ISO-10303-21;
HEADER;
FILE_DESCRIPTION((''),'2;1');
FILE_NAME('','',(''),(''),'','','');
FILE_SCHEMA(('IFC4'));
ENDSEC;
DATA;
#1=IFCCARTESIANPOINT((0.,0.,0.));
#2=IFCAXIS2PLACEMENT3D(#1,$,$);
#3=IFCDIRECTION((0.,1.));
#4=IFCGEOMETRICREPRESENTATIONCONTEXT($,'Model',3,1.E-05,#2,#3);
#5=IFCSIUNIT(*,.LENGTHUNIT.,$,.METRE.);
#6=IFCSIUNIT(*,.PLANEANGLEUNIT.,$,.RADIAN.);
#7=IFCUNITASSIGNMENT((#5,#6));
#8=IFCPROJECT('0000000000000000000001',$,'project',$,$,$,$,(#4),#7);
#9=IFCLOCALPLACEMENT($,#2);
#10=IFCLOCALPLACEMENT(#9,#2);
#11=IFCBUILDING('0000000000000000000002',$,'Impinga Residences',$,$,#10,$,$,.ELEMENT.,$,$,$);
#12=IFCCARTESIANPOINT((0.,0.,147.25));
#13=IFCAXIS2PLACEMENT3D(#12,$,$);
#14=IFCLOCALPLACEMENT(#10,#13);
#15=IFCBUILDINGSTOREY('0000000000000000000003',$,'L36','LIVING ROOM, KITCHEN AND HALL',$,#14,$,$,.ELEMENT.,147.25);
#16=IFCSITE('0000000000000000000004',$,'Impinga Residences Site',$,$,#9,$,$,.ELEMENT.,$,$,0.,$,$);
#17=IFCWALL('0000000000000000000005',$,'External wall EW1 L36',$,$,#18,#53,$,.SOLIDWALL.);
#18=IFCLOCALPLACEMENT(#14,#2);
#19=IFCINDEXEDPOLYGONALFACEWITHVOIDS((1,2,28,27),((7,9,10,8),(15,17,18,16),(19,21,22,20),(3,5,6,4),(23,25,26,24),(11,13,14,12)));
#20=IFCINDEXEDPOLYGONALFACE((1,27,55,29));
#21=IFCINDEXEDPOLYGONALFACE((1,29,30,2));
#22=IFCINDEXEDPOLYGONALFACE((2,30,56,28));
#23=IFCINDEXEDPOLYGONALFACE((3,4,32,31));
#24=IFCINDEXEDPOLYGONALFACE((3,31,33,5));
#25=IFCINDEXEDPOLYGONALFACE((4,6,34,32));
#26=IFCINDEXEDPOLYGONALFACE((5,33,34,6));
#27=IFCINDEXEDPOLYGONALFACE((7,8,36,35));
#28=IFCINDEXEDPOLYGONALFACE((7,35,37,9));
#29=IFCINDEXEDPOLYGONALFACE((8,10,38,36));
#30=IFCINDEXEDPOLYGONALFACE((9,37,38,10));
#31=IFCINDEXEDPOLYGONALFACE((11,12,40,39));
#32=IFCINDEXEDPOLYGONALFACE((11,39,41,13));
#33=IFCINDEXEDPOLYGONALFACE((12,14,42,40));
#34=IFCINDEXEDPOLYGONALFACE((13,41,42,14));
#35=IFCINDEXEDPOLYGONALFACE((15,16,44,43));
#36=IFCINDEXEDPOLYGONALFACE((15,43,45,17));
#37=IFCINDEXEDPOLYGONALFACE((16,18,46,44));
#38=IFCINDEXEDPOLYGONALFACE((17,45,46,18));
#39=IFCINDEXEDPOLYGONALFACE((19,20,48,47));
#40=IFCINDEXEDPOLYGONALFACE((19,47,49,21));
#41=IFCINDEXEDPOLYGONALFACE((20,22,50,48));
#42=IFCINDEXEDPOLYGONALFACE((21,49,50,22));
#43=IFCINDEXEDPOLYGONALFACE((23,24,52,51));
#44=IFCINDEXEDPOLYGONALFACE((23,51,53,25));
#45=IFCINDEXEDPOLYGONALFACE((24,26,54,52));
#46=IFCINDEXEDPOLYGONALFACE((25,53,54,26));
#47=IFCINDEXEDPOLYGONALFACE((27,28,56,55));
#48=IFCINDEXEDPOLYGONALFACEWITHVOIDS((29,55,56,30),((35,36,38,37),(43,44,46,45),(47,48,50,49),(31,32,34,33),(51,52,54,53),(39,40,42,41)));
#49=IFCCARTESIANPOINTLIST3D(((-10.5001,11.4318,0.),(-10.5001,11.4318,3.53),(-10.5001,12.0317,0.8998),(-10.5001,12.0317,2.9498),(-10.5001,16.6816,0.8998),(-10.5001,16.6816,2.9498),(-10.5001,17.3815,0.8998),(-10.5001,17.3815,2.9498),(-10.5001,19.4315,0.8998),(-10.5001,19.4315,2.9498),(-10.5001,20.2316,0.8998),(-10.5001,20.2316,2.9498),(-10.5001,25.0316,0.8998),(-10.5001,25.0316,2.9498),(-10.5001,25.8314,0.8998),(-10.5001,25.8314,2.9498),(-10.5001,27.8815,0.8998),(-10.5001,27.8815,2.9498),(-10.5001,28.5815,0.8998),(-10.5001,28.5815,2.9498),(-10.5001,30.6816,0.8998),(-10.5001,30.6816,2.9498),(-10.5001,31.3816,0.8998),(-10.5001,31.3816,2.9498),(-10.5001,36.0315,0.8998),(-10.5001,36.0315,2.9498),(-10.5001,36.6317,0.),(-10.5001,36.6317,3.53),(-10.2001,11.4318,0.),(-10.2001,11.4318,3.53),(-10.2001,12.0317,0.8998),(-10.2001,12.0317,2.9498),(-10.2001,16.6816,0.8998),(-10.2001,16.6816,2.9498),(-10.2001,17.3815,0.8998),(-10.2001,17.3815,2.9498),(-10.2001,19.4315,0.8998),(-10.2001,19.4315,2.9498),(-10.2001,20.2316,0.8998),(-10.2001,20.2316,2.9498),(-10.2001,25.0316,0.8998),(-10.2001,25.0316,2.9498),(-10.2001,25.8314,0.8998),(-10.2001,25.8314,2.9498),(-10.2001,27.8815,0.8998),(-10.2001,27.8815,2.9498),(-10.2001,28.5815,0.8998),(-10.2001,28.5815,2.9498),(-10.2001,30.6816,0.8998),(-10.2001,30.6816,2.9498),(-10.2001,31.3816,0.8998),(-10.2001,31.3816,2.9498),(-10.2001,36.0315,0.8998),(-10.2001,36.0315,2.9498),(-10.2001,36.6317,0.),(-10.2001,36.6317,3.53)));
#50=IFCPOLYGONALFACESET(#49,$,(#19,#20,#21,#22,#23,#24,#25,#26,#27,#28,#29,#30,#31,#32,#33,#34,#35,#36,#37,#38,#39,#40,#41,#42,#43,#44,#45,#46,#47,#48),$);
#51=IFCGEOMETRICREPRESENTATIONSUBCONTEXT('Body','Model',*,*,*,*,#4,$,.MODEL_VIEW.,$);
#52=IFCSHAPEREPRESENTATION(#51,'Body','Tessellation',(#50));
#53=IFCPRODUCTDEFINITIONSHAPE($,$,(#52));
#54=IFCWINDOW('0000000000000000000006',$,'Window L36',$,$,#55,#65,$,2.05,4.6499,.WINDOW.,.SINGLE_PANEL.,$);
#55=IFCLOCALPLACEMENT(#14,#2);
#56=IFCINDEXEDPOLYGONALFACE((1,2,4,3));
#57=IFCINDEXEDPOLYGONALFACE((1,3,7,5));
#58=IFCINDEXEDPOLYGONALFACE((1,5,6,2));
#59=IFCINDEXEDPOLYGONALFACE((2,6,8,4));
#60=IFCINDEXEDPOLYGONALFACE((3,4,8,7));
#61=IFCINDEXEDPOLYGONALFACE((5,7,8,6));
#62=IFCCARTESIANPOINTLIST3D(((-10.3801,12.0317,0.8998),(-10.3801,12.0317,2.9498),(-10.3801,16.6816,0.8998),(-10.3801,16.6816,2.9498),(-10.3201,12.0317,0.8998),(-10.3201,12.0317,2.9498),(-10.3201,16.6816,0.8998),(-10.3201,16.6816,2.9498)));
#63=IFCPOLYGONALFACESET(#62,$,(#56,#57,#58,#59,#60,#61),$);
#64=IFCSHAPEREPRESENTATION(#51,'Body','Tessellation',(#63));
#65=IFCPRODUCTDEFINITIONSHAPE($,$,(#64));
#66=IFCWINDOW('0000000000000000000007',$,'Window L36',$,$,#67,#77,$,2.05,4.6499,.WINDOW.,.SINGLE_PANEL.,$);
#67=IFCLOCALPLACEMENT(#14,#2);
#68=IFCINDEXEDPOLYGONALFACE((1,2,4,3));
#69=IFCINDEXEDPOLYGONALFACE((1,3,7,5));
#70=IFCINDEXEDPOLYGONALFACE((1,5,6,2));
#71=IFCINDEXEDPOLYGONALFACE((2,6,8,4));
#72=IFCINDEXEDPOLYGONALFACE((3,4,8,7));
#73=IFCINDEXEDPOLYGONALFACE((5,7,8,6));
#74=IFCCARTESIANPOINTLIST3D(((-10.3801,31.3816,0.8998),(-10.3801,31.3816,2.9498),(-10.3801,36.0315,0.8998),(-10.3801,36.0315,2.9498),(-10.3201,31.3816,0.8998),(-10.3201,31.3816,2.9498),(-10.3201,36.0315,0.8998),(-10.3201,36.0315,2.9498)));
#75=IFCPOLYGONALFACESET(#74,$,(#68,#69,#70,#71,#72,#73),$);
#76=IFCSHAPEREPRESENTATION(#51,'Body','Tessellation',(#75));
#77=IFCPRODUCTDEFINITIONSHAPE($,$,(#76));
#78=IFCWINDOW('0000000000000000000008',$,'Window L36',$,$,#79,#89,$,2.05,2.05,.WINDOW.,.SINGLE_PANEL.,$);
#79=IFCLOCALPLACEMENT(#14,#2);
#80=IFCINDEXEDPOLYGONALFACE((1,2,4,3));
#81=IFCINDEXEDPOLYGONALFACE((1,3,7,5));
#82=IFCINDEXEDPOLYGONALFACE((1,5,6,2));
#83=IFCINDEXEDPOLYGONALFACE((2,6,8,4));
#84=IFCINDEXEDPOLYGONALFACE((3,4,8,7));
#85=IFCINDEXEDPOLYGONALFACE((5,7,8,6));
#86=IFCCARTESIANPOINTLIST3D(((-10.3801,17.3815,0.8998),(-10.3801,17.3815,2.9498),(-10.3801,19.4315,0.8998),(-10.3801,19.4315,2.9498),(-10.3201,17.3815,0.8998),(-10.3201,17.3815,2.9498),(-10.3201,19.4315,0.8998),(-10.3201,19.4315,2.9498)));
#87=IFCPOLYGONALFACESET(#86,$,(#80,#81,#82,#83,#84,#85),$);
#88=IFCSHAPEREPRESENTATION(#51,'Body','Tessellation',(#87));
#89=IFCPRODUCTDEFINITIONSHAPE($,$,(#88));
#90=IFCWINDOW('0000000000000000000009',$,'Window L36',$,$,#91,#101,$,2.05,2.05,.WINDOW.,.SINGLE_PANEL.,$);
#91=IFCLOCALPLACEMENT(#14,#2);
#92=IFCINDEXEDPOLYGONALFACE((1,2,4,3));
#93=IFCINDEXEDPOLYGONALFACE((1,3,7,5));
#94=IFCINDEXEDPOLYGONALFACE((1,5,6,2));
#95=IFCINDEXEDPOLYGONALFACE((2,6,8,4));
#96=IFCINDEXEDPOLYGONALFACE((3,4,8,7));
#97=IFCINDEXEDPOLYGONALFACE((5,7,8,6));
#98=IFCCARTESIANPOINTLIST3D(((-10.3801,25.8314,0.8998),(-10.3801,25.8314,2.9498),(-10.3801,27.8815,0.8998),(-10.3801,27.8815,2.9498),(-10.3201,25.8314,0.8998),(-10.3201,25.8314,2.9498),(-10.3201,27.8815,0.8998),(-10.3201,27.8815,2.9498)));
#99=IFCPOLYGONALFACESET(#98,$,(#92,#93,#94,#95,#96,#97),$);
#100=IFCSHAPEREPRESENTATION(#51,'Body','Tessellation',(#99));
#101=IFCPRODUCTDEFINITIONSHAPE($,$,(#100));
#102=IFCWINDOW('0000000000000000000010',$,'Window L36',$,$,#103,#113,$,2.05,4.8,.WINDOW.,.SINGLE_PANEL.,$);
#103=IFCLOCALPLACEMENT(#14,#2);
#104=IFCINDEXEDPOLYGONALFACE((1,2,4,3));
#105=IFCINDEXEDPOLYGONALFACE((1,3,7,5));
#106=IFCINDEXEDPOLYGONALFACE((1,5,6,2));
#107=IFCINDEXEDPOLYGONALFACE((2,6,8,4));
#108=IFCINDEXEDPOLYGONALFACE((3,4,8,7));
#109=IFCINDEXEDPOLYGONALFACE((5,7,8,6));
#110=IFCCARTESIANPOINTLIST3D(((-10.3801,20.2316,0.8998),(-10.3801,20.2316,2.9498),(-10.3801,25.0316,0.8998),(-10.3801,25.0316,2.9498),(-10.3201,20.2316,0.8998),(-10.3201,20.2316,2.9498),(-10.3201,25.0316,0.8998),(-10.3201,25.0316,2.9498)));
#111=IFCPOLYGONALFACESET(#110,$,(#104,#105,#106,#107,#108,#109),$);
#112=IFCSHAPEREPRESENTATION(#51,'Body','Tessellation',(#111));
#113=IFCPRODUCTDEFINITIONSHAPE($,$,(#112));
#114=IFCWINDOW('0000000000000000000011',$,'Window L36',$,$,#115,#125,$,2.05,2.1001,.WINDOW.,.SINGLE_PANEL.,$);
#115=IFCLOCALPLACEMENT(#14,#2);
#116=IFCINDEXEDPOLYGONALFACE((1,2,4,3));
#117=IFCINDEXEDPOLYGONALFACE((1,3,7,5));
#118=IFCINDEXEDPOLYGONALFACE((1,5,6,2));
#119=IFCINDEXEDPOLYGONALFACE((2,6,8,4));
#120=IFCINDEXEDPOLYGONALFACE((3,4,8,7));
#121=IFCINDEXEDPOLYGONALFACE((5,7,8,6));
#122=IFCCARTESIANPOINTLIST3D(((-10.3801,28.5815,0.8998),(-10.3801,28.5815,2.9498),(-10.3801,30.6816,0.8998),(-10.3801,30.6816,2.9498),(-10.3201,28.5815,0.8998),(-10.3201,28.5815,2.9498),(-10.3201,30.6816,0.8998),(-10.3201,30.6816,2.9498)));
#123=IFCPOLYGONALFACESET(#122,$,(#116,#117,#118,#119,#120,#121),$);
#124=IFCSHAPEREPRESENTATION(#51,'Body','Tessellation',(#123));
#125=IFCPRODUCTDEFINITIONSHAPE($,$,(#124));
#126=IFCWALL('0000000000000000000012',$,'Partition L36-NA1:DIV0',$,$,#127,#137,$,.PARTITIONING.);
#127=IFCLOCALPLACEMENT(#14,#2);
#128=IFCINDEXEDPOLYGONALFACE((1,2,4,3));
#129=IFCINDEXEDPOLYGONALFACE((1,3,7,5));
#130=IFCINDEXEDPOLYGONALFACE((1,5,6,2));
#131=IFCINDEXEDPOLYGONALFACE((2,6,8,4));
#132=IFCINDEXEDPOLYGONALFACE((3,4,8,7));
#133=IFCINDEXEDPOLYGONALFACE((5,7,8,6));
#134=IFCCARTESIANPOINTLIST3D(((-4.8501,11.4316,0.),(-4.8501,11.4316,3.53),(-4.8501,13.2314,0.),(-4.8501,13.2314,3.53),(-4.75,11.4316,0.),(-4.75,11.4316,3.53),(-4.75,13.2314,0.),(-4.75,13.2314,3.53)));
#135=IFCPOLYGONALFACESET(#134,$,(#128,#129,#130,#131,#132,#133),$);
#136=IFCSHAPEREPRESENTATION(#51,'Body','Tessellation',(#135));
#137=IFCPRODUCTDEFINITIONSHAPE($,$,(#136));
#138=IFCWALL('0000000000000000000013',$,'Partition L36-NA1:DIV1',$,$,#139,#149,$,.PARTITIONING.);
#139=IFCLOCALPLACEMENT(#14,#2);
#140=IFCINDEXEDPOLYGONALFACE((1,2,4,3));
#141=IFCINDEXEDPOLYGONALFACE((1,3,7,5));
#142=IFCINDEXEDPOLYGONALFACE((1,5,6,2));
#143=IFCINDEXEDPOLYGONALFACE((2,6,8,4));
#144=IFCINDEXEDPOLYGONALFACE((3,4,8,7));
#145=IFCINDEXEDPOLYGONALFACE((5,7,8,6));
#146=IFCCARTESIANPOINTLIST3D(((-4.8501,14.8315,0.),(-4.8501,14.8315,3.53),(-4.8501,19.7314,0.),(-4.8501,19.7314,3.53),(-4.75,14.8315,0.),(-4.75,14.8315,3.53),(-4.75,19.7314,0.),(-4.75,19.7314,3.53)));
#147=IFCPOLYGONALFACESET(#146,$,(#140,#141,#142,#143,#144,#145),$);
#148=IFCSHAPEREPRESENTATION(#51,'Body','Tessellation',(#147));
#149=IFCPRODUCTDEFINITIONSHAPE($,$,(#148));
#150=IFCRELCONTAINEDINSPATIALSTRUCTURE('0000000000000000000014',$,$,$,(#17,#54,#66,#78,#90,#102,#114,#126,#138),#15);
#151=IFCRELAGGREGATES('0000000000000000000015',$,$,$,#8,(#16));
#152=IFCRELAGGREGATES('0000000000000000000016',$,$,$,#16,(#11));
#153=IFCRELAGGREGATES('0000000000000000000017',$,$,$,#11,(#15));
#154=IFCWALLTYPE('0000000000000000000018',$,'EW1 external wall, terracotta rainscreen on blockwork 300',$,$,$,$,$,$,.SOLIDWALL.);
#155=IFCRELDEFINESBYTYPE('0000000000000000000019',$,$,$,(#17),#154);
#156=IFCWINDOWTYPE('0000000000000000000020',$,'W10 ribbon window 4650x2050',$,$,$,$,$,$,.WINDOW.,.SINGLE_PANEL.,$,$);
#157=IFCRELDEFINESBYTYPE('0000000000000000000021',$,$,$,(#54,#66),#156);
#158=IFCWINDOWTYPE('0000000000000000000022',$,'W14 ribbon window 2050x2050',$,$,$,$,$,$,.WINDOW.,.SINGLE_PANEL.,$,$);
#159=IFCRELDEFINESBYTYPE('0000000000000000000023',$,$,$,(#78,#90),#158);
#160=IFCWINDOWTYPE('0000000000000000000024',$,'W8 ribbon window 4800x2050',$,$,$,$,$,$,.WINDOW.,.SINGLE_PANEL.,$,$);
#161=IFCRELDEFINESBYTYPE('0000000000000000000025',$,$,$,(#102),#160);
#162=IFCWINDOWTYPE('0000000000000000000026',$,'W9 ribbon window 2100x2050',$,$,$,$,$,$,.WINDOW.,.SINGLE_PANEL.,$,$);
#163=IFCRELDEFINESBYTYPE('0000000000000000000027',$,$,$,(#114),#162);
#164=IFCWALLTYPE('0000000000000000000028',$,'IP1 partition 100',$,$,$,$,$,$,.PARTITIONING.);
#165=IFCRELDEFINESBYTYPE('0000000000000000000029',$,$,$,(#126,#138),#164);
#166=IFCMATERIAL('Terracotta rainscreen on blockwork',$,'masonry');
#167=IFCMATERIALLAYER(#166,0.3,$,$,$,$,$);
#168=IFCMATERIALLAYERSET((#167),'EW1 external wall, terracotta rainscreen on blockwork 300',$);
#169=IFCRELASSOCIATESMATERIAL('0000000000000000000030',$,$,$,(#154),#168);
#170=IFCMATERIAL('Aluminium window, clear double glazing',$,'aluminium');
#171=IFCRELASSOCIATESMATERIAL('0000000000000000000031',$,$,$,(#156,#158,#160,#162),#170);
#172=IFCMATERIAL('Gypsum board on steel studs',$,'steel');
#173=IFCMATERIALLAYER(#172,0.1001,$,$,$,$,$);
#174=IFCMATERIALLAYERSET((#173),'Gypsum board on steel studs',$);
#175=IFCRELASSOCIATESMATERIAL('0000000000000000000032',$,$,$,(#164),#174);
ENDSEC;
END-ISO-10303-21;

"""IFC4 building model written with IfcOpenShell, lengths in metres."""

from ifc_helpers import new_model, si_unit, direction, frame, frame_2d, origin, place, context, subcontext, project, spatial, rectangle, extrude, material, layer, layer_set, type_object, element, fill, save


model = new_model("IFC4")

# Units and contexts
model_context = context("Model", 3, precision=1e-05, world=origin(), true_north=direction((0.0, 1.0)))
body_context = subcontext(model_context, "Body", "Model", "MODEL_VIEW")
ifc_project = project(units=[si_unit("LENGTHUNIT", "METRE"), si_unit("PLANEANGLEUNIT", "RADIAN")], contexts=[model_context])

# Site, building, storey
site_placement = place(None, origin())
site = spatial("IfcSite", under=ifc_project, at=site_placement, Name="Impinga Residences Site", CompositionType="ELEMENT", RefElevation=0.0)
building_placement = place(site_placement, origin())
building = spatial("IfcBuilding", under=site, at=building_placement, Name="Impinga Residences", CompositionType="ELEMENT")
storey_placement = place(building_placement, frame((0.0, 0.0, 147.25)))
storey = spatial("IfcBuildingStorey", under=building, at=storey_placement, Name="L36", Description="LIVING ROOM, KITCHEN AND HALL", CompositionType="ELEMENT", Elevation=147.25)

# Shared definitions
ifc_material_1 = material(Name="Terracotta rainscreen on blockwork", Category="masonry")
ifc_layer_1 = layer(ifc_material_1, 0.3)
ifc_layer_set_1 = layer_set([ifc_layer_1], Name="EW1 external wall, terracotta rainscreen on blockwork 300")
wall_type_1 = type_object("IfcWallType", Name="EW1 external wall, terracotta rainscreen on blockwork 300", PredefinedType="SOLIDWALL", material=ifc_layer_set_1)

# Wall, openings, windows
wall_1_placement = place(storey_placement, frame((-10.3501, 11.4316, 0.0), z_axis=(0.0, 0.0, 1.0), x_axis=(0.0, 1.0, 0.0)))
wall_1 = element("IfcWall", 1, at=wall_1_placement, inside=storey, type_object=wall_type_1, Name="External wall EW1 L36", PredefinedType="SOLIDWALL", context=body_context, shape_type="SweptSolid", body=[
    extrude(rectangle(XDim=25.2, YDim=0.3, at=frame_2d((12.6001, 0.0))), origin(), (0.0, 0.0, 1.0), 3.53),
])
opening_1_placement = place(wall_1_placement, frame((0.6001, 0.0, 0.8999)))
opening_1 = element("IfcOpeningElement", 2, at=opening_1_placement, cuts=wall_1, PredefinedType="OPENING", context=body_context, shape_type="SweptSolid", body=[
    extrude(rectangle(XDim=4.6499, YDim=2.05, at=frame_2d((2.325, 1.0249))), frame((0.0, 0.1599, 0.0), z_axis=(0.0, -1.0, 0.0), x_axis=(1.0, 0.0, 0.0)), (0.0, 0.0, 1.0), 0.3201),
])
opening_2_placement = place(wall_1_placement, frame((5.95, 0.0, 0.8999)))
opening_2 = element("IfcOpeningElement", 3, at=opening_2_placement, cuts=wall_1, PredefinedType="OPENING", context=body_context, shape_type="SweptSolid", body=[
    extrude(rectangle(XDim=2.05, YDim=2.05, at=frame_2d((1.0249, 1.0249))), frame((0.0, 0.1599, 0.0), z_axis=(0.0, -1.0, 0.0), x_axis=(1.0, 0.0, 0.0)), (0.0, 0.0, 1.0), 0.3201),
])
opening_3_placement = place(wall_1_placement, frame((8.8, 0.0, 0.8999)))
opening_3 = element("IfcOpeningElement", 4, at=opening_3_placement, cuts=wall_1, PredefinedType="OPENING", context=body_context, shape_type="SweptSolid", body=[
    extrude(rectangle(XDim=4.8, YDim=2.05, at=frame_2d((2.3999, 1.0249))), frame((0.0, 0.1599, 0.0), z_axis=(0.0, -1.0, 0.0), x_axis=(1.0, 0.0, 0.0)), (0.0, 0.0, 1.0), 0.3201),
])
opening_4_placement = place(wall_1_placement, frame((14.3999, 0.0, 0.8999)))
opening_4 = element("IfcOpeningElement", 5, at=opening_4_placement, cuts=wall_1, PredefinedType="OPENING", context=body_context, shape_type="SweptSolid", body=[
    extrude(rectangle(XDim=2.05, YDim=2.05, at=frame_2d((1.0249, 1.0249))), frame((0.0, 0.1599, 0.0), z_axis=(0.0, -1.0, 0.0), x_axis=(1.0, 0.0, 0.0)), (0.0, 0.0, 1.0), 0.3201),
])
opening_5_placement = place(wall_1_placement, frame((17.1499, 0.0, 0.8999)))
opening_5 = element("IfcOpeningElement", 6, at=opening_5_placement, cuts=wall_1, PredefinedType="OPENING", context=body_context, shape_type="SweptSolid", body=[
    extrude(rectangle(XDim=2.1001, YDim=2.05, at=frame_2d((1.05, 1.0249))), frame((0.0, 0.1599, 0.0), z_axis=(0.0, -1.0, 0.0), x_axis=(1.0, 0.0, 0.0)), (0.0, 0.0, 1.0), 0.3201),
])
opening_6_placement = place(wall_1_placement, frame((19.95, 0.0, 0.8999)))
opening_6 = element("IfcOpeningElement", 7, at=opening_6_placement, cuts=wall_1, PredefinedType="OPENING", context=body_context, shape_type="SweptSolid", body=[
    extrude(rectangle(XDim=4.6499, YDim=2.05, at=frame_2d((2.325, 1.0249))), frame((0.0, 0.1599, 0.0), z_axis=(0.0, -1.0, 0.0), x_axis=(1.0, 0.0, 0.0)), (0.0, 0.0, 1.0), 0.3201),
])
ifc_material_2 = material(Name="Aluminium window, clear double glazing", Category="aluminium")
window_type_1 = type_object("IfcWindowType", Name="W10 ribbon window 4650x2050", PartitioningType="SINGLE_PANEL", PredefinedType="WINDOW", material=ifc_material_2)
window_1_placement = place(opening_1_placement, origin())
window_1 = element("IfcWindow", 8, at=window_1_placement, inside=storey, type_object=window_type_1, Name="Window L36", OverallHeight=2.05, OverallWidth=4.6499, PartitioningType="SINGLE_PANEL", PredefinedType="WINDOW", context=body_context, shape_type="SweptSolid", body=[
    extrude(rectangle(XDim=4.6499, YDim=2.05, at=frame_2d((2.325, 1.0249))), frame((0.0, 0.03, 0.0), z_axis=(0.0, -1.0, 0.0), x_axis=(1.0, 0.0, 0.0)), (0.0, 0.0, 1.0), 0.0601),
])
fill(opening_1, window_1)
window_2_placement = place(opening_6_placement, origin())
window_2 = element("IfcWindow", 9, at=window_2_placement, inside=storey, type_object=window_type_1, Name="Window L36", OverallHeight=2.05, OverallWidth=4.6499, PartitioningType="SINGLE_PANEL", PredefinedType="WINDOW", context=body_context, shape_type="SweptSolid", body=[
    extrude(rectangle(XDim=4.6499, YDim=2.05, at=frame_2d((2.325, 1.0249))), frame((0.0, 0.03, 0.0), z_axis=(0.0, -1.0, 0.0), x_axis=(1.0, 0.0, 0.0)), (0.0, 0.0, 1.0), 0.0601),
])
fill(opening_6, window_2)
window_type_2 = type_object("IfcWindowType", Name="W14 ribbon window 2050x2050", PartitioningType="SINGLE_PANEL", PredefinedType="WINDOW", material=ifc_material_2)
window_3_placement = place(opening_2_placement, origin())
window_3 = element("IfcWindow", 10, at=window_3_placement, inside=storey, type_object=window_type_2, Name="Window L36", OverallHeight=2.05, OverallWidth=2.05, PartitioningType="SINGLE_PANEL", PredefinedType="WINDOW", context=body_context, shape_type="SweptSolid", body=[
    extrude(rectangle(XDim=2.05, YDim=2.05, at=frame_2d((1.0249, 1.0249))), frame((0.0, 0.03, 0.0), z_axis=(0.0, -1.0, 0.0), x_axis=(1.0, 0.0, 0.0)), (0.0, 0.0, 1.0), 0.0601),
])
fill(opening_2, window_3)
window_4_placement = place(opening_4_placement, origin())
window_4 = element("IfcWindow", 11, at=window_4_placement, inside=storey, type_object=window_type_2, Name="Window L36", OverallHeight=2.05, OverallWidth=2.05, PartitioningType="SINGLE_PANEL", PredefinedType="WINDOW", context=body_context, shape_type="SweptSolid", body=[
    extrude(rectangle(XDim=2.05, YDim=2.05, at=frame_2d((1.0249, 1.0249))), frame((0.0, 0.03, 0.0), z_axis=(0.0, -1.0, 0.0), x_axis=(1.0, 0.0, 0.0)), (0.0, 0.0, 1.0), 0.0601),
])
fill(opening_4, window_4)
window_type_3 = type_object("IfcWindowType", Name="W8 ribbon window 4800x2050", PartitioningType="SINGLE_PANEL", PredefinedType="WINDOW", material=ifc_material_2)
window_5_placement = place(opening_3_placement, origin())
window_5 = element("IfcWindow", 12, at=window_5_placement, inside=storey, type_object=window_type_3, Name="Window L36", OverallHeight=2.05, OverallWidth=4.8, PartitioningType="SINGLE_PANEL", PredefinedType="WINDOW", context=body_context, shape_type="SweptSolid", body=[
    extrude(rectangle(XDim=4.8, YDim=2.05, at=frame_2d((2.3999, 1.0249))), frame((0.0, 0.03, 0.0), z_axis=(0.0, -1.0, 0.0), x_axis=(1.0, 0.0, 0.0)), (0.0, 0.0, 1.0), 0.0601),
])
fill(opening_3, window_5)
window_type_4 = type_object("IfcWindowType", Name="W9 ribbon window 2100x2050", PartitioningType="SINGLE_PANEL", PredefinedType="WINDOW", material=ifc_material_2)
window_6_placement = place(opening_5_placement, origin())
window_6 = element("IfcWindow", 13, at=window_6_placement, inside=storey, type_object=window_type_4, Name="Window L36", OverallHeight=2.05, OverallWidth=2.1001, PartitioningType="SINGLE_PANEL", PredefinedType="WINDOW", context=body_context, shape_type="SweptSolid", body=[
    extrude(rectangle(XDim=2.1001, YDim=2.05, at=frame_2d((1.05, 1.0249))), frame((0.0, 0.03, 0.0), z_axis=(0.0, -1.0, 0.0), x_axis=(1.0, 0.0, 0.0)), (0.0, 0.0, 1.0), 0.0601),
])
fill(opening_5, window_6)

# Walls
ifc_material_3 = material(Name="Gypsum board on steel studs", Category="steel")
ifc_layer_2 = layer(ifc_material_3, 0.1001)
ifc_layer_set_2 = layer_set([ifc_layer_2], Name="Gypsum board on steel studs")
wall_type_2 = type_object("IfcWallType", Name="IP1 partition 100", PredefinedType="PARTITIONING", material=ifc_layer_set_2)
wall_2_placement = place(storey_placement, frame((-4.8, 11.4316, 0.0), z_axis=(0.0, 0.0, 1.0), x_axis=(0.0, 1.0, 0.0)))
element("IfcWall", 14, at=wall_2_placement, inside=storey, type_object=wall_type_2, Name="Partition L36-NA1:DIV0", PredefinedType="PARTITIONING", context=body_context, shape_type="SweptSolid", body=[
    extrude(rectangle(XDim=1.7998, YDim=0.1001, at=frame_2d((0.8999, 0.0))), origin(), (0.0, 0.0, 1.0), 3.53),
])
wall_3_placement = place(storey_placement, frame((-4.8, 14.8315, 0.0), z_axis=(0.0, 0.0, 1.0), x_axis=(0.0, 1.0, 0.0)))
element("IfcWall", 15, at=wall_3_placement, inside=storey, type_object=wall_type_2, Name="Partition L36-NA1:DIV1", PredefinedType="PARTITIONING", context=body_context, shape_type="SweptSolid", body=[
    extrude(rectangle(XDim=4.8999, YDim=0.1001, at=frame_2d((2.45, 0.0))), origin(), (0.0, 0.0, 1.0), 3.53),
])

save(model, "model.ifc")
